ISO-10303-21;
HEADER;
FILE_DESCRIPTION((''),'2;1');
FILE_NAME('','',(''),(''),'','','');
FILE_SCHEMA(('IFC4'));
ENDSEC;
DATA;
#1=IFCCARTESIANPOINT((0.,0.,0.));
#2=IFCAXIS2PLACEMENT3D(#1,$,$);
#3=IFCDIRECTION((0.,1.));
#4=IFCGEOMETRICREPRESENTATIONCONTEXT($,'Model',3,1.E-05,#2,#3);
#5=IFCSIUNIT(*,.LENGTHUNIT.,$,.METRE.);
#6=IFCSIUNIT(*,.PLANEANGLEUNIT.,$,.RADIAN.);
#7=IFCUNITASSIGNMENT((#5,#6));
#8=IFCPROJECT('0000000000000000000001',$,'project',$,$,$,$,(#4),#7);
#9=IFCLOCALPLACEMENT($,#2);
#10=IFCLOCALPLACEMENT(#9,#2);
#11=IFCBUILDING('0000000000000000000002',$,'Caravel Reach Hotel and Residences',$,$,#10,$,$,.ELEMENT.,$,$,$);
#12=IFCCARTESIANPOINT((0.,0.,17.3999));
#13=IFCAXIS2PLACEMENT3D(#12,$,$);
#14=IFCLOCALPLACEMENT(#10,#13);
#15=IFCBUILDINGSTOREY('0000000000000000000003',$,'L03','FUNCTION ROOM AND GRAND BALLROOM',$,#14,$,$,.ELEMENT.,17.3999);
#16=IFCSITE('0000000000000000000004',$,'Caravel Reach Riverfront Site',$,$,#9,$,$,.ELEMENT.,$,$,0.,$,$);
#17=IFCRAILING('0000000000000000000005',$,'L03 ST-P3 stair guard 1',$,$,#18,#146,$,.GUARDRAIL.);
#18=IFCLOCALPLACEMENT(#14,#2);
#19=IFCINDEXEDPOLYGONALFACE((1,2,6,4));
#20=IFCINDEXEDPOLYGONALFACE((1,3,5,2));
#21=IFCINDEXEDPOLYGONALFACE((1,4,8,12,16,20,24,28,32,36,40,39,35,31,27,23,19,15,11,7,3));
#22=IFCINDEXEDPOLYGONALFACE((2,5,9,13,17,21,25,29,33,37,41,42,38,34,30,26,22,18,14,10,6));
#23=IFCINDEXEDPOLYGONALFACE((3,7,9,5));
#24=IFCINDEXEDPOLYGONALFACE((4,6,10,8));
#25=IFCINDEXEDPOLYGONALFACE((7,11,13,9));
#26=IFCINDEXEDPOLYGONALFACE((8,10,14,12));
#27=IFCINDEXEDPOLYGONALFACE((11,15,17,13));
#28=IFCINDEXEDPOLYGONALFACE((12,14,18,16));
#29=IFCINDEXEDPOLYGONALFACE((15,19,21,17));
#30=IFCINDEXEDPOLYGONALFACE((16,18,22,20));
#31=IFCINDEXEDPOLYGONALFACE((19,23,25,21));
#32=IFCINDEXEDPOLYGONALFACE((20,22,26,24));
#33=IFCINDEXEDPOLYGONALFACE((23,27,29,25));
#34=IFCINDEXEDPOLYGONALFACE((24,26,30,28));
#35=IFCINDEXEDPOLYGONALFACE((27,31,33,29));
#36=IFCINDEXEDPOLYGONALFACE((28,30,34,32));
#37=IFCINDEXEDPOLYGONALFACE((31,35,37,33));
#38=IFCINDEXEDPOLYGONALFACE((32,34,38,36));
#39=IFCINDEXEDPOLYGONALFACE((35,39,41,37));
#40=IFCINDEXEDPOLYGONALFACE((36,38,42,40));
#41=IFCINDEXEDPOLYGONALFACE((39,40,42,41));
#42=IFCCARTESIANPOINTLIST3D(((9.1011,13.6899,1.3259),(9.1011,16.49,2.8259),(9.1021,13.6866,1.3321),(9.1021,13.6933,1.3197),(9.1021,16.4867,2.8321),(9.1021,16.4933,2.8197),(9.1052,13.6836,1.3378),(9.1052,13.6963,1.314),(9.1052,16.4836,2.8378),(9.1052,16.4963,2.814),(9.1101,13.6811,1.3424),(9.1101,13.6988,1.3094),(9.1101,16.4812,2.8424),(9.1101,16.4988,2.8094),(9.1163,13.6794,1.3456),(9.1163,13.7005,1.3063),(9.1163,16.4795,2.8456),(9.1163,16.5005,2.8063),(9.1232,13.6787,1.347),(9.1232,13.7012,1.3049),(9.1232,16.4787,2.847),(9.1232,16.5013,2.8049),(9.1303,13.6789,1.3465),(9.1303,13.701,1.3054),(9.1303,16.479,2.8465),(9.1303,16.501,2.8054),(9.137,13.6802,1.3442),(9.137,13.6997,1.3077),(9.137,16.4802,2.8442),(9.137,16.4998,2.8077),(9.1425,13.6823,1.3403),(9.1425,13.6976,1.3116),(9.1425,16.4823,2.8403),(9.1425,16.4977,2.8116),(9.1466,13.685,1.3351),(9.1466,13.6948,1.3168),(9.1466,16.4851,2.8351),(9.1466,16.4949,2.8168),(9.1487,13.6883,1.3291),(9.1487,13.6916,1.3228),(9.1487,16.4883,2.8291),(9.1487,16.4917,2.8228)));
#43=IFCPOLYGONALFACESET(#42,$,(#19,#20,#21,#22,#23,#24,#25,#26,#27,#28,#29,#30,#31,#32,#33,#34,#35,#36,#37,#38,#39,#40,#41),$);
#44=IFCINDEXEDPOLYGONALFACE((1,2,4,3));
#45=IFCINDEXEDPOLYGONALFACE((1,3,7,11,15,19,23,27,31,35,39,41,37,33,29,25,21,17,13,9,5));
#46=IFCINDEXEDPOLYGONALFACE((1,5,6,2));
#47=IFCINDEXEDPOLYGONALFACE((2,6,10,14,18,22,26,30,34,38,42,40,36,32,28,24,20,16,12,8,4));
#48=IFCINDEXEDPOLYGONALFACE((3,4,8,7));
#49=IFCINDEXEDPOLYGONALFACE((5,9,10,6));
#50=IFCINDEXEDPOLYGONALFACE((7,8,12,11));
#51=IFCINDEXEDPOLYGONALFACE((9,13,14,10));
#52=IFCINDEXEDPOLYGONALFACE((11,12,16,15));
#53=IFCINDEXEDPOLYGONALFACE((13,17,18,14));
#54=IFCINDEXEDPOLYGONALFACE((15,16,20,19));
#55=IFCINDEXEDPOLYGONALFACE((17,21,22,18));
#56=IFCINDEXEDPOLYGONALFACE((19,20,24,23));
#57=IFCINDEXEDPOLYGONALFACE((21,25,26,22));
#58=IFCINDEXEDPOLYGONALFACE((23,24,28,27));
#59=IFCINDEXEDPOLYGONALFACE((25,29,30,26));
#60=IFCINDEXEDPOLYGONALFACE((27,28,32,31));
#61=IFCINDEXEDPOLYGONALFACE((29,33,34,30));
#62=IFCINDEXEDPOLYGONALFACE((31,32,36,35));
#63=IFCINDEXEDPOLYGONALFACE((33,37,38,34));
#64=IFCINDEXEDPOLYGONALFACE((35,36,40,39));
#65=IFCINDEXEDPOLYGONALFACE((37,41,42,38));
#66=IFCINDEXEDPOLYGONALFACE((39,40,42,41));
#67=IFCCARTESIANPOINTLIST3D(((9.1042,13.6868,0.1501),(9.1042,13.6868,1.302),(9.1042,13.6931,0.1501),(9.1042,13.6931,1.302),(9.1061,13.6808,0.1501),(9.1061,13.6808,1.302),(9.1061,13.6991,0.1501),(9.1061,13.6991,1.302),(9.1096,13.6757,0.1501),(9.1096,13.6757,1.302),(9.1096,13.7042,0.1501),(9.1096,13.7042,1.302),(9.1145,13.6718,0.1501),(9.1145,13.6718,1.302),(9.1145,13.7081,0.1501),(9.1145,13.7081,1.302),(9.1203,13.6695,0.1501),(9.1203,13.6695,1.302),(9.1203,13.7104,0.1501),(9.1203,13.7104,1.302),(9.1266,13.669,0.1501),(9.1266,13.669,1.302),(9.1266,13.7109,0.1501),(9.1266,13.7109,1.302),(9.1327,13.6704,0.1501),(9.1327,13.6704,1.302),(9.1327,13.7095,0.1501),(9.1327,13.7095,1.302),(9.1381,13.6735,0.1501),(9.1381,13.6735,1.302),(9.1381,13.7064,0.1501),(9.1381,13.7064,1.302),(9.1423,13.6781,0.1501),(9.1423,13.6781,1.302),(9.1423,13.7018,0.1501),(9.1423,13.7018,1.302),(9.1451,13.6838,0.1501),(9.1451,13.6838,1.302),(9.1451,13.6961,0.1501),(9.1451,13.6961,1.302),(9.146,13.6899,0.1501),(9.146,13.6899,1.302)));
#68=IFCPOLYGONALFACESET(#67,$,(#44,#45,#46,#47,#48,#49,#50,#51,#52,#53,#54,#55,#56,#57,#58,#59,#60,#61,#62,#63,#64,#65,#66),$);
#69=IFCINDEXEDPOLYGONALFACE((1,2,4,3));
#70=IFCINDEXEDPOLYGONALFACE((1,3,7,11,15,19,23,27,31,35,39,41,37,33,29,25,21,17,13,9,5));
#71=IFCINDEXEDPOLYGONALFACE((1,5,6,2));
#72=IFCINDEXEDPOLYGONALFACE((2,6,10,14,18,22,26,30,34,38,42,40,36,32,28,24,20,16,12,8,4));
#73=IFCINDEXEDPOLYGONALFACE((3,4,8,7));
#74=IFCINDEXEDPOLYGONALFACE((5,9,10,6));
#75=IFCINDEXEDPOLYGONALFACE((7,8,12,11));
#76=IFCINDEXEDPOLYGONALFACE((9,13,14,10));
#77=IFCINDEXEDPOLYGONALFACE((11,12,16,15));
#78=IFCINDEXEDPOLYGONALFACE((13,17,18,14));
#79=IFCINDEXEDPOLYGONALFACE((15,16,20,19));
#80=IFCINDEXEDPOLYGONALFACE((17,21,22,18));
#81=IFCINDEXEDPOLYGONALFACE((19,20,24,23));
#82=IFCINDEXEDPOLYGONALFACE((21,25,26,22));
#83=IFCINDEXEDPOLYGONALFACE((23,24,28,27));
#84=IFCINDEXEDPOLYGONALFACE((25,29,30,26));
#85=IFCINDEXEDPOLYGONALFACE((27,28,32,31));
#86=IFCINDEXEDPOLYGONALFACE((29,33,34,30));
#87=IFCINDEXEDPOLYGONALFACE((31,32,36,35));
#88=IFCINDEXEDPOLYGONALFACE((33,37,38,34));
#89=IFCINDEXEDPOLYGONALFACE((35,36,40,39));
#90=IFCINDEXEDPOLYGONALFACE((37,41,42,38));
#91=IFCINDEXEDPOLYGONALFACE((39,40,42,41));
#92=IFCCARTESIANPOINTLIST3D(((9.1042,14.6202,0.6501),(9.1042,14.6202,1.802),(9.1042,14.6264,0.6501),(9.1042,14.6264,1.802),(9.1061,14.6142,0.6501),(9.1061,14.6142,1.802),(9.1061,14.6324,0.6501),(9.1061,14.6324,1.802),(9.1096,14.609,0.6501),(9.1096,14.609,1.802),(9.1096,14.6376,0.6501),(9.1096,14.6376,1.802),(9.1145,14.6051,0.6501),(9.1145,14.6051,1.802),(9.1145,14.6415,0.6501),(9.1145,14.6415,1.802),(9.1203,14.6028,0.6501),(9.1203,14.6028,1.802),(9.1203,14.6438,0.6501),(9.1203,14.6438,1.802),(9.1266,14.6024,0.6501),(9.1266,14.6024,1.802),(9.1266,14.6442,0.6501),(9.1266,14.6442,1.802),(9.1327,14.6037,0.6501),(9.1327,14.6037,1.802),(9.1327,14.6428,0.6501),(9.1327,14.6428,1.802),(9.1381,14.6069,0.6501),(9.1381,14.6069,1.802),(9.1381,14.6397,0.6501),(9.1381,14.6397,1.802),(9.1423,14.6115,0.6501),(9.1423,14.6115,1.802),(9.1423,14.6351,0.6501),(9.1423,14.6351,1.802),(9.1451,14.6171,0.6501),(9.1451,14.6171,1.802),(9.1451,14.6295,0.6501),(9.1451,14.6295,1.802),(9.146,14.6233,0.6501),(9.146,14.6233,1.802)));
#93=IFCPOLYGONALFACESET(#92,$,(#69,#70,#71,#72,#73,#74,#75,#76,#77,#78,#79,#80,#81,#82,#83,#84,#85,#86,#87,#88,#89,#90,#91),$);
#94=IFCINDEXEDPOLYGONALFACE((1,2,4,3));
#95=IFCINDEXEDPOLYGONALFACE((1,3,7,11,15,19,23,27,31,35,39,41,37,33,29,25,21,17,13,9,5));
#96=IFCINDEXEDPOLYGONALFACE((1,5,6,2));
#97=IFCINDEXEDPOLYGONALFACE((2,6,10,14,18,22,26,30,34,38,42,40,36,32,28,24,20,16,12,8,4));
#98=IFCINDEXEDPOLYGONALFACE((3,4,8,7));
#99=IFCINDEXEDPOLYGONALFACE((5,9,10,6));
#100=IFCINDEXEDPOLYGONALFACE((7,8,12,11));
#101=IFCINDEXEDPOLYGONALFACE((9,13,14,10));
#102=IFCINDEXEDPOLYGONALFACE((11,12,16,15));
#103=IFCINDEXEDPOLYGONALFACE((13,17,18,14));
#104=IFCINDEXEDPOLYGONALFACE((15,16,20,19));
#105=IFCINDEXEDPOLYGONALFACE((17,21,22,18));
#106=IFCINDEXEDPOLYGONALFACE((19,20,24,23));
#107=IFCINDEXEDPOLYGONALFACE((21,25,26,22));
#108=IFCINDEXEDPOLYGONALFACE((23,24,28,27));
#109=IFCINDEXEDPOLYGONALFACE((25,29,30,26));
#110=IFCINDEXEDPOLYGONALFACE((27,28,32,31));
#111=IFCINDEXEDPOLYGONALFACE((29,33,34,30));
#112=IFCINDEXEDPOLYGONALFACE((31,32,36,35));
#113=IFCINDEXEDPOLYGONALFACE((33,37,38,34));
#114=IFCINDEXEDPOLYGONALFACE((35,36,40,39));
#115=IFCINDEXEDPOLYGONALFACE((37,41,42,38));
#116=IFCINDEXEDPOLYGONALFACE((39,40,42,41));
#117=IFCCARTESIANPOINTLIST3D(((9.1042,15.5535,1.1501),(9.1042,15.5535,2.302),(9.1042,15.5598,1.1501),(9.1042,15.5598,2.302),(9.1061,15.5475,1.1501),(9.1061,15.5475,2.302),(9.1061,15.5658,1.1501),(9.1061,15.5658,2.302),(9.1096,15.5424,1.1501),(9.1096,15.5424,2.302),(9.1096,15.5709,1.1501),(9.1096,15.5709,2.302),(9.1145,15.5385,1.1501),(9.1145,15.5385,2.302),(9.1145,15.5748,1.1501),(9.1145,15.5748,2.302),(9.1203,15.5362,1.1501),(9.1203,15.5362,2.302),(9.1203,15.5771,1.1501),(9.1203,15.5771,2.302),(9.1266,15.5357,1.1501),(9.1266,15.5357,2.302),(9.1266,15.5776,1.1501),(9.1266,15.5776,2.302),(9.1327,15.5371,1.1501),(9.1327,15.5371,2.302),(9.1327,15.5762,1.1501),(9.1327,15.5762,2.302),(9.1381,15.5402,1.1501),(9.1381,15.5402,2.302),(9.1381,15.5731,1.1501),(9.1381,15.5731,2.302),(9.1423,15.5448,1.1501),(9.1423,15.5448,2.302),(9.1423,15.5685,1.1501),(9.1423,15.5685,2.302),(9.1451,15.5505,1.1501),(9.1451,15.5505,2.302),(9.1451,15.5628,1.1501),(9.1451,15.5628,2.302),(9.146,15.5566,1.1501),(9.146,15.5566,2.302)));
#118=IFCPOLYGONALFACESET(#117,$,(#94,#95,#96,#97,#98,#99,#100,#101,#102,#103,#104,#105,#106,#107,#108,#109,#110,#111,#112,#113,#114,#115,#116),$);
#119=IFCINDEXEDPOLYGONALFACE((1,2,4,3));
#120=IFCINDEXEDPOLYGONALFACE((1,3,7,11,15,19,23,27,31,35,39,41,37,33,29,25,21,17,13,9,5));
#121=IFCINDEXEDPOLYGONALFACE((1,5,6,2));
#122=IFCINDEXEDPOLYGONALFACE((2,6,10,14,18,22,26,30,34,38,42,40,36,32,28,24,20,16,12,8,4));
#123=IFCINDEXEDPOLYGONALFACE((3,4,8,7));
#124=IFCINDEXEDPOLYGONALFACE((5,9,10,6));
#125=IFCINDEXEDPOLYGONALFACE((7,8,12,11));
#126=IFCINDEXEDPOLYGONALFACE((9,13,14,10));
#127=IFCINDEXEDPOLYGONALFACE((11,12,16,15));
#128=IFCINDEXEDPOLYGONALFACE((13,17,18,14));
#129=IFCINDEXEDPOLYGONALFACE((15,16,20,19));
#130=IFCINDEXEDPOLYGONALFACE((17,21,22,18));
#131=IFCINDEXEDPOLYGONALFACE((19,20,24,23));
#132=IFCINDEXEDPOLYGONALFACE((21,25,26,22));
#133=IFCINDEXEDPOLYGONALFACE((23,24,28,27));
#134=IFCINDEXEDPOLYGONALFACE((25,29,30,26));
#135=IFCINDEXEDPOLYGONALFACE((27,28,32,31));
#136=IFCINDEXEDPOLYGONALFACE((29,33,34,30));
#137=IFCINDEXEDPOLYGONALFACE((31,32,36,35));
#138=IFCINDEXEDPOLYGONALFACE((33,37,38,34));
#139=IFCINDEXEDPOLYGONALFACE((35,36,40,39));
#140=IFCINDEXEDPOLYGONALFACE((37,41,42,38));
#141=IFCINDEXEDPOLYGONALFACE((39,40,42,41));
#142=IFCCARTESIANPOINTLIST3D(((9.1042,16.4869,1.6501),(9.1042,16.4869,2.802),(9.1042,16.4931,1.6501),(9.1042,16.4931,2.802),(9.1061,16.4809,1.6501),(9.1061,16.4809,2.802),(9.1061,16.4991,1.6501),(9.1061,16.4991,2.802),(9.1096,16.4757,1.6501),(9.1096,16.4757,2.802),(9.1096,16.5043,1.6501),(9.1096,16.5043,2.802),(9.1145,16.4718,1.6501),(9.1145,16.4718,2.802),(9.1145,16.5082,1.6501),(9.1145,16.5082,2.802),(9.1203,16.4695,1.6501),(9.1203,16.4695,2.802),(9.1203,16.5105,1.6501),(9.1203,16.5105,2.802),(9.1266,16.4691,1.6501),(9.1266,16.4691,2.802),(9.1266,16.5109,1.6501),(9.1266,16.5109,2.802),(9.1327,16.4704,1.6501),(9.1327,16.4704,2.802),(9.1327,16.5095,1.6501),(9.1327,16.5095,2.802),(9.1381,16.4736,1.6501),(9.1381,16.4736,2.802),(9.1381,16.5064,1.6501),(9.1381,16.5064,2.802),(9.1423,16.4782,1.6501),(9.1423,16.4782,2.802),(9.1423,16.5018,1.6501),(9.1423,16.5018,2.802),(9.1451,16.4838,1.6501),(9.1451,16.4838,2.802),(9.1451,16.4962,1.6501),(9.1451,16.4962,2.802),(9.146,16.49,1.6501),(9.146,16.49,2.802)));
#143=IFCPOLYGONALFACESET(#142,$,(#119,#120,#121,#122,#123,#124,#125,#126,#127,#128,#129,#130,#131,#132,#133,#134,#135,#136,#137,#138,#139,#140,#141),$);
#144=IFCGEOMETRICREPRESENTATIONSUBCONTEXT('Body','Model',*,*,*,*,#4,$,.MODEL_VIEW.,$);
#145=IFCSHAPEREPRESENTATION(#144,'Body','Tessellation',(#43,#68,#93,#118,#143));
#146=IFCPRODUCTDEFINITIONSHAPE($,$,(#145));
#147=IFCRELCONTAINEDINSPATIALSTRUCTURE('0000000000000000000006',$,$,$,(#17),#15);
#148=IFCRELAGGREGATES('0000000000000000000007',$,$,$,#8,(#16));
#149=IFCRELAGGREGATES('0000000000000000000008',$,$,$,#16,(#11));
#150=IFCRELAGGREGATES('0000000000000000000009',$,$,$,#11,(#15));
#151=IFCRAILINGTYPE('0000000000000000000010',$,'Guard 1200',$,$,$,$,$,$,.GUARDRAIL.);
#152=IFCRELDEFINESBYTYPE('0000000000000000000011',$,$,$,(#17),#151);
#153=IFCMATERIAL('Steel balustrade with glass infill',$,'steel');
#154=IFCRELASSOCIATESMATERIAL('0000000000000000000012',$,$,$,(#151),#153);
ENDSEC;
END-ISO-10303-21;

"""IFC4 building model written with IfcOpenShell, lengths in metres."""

from ifc_helpers import new_model, si_unit, direction, frame, origin, origin_2d, place, context, subcontext, project, spatial, circle, extrude, material, type_object, element, save


model = new_model("IFC4")

# Units and contexts
model_context = context("Model", 3, precision=1e-05, world=origin(), true_north=direction((0.0, 1.0)))
body_context = subcontext(model_context, "Body", "Model", "MODEL_VIEW")
ifc_project = project(units=[si_unit("LENGTHUNIT", "METRE"), si_unit("PLANEANGLEUNIT", "RADIAN")], contexts=[model_context])

# Site, building, storey
site_placement = place(None, origin())
site = spatial("IfcSite", under=ifc_project, at=site_placement, Name="Caravel Reach Riverfront Site", CompositionType="ELEMENT", RefElevation=0.0)
building_placement = place(site_placement, origin())
building = spatial("IfcBuilding", under=site, at=building_placement, Name="Caravel Reach Hotel and Residences", CompositionType="ELEMENT")
storey_placement = place(building_placement, frame((0.0, 0.0, 17.3999)))
storey = spatial("IfcBuildingStorey", under=building, at=storey_placement, Name="L03", Description="FUNCTION ROOM AND GRAND BALLROOM", CompositionType="ELEMENT", Elevation=17.3999)

# Railing
ifc_material_1 = material(Name="Steel balustrade with glass infill", Category="steel")
railing_type_1 = type_object("IfcRailingType", Name="Guard 1200", PredefinedType="GUARDRAIL", material=ifc_material_1)
railing_1_placement = place(storey_placement, frame((9.125, 13.6899, 0.1501)))
element("IfcRailing", 1, at=railing_1_placement, inside=storey, type_object=railing_type_1, Name="L03 ST-P3 stair guard 1", PredefinedType="GUARDRAIL", context=body_context, shape_type="SweptSolid", body=[
    extrude(circle(Radius=0.0239, at=origin_2d()), frame((0.0, 0.0, 1.1758), z_axis=(0.0, 0.881483, 0.472215), x_axis=(-1.0, 0.0, 0.0)), (0.0, 0.0, 1.0), 3.1765),
    extrude(circle(Radius=0.021, at=origin_2d()), origin(), (0.0, 0.0, 1.0), 1.1519),
    extrude(circle(Radius=0.021, at=origin_2d()), frame((0.0, 0.9333, 0.5)), (0.0, 0.0, 1.0), 1.1519),
    extrude(circle(Radius=0.021, at=origin_2d()), frame((0.0, 1.8667, 1.0)), (0.0, 0.0, 1.0), 1.1519),
    extrude(circle(Radius=0.021, at=origin_2d()), frame((0.0, 2.8, 1.5)), (0.0, 0.0, 1.0), 1.1519),
])

save(model, "model.ifc")
